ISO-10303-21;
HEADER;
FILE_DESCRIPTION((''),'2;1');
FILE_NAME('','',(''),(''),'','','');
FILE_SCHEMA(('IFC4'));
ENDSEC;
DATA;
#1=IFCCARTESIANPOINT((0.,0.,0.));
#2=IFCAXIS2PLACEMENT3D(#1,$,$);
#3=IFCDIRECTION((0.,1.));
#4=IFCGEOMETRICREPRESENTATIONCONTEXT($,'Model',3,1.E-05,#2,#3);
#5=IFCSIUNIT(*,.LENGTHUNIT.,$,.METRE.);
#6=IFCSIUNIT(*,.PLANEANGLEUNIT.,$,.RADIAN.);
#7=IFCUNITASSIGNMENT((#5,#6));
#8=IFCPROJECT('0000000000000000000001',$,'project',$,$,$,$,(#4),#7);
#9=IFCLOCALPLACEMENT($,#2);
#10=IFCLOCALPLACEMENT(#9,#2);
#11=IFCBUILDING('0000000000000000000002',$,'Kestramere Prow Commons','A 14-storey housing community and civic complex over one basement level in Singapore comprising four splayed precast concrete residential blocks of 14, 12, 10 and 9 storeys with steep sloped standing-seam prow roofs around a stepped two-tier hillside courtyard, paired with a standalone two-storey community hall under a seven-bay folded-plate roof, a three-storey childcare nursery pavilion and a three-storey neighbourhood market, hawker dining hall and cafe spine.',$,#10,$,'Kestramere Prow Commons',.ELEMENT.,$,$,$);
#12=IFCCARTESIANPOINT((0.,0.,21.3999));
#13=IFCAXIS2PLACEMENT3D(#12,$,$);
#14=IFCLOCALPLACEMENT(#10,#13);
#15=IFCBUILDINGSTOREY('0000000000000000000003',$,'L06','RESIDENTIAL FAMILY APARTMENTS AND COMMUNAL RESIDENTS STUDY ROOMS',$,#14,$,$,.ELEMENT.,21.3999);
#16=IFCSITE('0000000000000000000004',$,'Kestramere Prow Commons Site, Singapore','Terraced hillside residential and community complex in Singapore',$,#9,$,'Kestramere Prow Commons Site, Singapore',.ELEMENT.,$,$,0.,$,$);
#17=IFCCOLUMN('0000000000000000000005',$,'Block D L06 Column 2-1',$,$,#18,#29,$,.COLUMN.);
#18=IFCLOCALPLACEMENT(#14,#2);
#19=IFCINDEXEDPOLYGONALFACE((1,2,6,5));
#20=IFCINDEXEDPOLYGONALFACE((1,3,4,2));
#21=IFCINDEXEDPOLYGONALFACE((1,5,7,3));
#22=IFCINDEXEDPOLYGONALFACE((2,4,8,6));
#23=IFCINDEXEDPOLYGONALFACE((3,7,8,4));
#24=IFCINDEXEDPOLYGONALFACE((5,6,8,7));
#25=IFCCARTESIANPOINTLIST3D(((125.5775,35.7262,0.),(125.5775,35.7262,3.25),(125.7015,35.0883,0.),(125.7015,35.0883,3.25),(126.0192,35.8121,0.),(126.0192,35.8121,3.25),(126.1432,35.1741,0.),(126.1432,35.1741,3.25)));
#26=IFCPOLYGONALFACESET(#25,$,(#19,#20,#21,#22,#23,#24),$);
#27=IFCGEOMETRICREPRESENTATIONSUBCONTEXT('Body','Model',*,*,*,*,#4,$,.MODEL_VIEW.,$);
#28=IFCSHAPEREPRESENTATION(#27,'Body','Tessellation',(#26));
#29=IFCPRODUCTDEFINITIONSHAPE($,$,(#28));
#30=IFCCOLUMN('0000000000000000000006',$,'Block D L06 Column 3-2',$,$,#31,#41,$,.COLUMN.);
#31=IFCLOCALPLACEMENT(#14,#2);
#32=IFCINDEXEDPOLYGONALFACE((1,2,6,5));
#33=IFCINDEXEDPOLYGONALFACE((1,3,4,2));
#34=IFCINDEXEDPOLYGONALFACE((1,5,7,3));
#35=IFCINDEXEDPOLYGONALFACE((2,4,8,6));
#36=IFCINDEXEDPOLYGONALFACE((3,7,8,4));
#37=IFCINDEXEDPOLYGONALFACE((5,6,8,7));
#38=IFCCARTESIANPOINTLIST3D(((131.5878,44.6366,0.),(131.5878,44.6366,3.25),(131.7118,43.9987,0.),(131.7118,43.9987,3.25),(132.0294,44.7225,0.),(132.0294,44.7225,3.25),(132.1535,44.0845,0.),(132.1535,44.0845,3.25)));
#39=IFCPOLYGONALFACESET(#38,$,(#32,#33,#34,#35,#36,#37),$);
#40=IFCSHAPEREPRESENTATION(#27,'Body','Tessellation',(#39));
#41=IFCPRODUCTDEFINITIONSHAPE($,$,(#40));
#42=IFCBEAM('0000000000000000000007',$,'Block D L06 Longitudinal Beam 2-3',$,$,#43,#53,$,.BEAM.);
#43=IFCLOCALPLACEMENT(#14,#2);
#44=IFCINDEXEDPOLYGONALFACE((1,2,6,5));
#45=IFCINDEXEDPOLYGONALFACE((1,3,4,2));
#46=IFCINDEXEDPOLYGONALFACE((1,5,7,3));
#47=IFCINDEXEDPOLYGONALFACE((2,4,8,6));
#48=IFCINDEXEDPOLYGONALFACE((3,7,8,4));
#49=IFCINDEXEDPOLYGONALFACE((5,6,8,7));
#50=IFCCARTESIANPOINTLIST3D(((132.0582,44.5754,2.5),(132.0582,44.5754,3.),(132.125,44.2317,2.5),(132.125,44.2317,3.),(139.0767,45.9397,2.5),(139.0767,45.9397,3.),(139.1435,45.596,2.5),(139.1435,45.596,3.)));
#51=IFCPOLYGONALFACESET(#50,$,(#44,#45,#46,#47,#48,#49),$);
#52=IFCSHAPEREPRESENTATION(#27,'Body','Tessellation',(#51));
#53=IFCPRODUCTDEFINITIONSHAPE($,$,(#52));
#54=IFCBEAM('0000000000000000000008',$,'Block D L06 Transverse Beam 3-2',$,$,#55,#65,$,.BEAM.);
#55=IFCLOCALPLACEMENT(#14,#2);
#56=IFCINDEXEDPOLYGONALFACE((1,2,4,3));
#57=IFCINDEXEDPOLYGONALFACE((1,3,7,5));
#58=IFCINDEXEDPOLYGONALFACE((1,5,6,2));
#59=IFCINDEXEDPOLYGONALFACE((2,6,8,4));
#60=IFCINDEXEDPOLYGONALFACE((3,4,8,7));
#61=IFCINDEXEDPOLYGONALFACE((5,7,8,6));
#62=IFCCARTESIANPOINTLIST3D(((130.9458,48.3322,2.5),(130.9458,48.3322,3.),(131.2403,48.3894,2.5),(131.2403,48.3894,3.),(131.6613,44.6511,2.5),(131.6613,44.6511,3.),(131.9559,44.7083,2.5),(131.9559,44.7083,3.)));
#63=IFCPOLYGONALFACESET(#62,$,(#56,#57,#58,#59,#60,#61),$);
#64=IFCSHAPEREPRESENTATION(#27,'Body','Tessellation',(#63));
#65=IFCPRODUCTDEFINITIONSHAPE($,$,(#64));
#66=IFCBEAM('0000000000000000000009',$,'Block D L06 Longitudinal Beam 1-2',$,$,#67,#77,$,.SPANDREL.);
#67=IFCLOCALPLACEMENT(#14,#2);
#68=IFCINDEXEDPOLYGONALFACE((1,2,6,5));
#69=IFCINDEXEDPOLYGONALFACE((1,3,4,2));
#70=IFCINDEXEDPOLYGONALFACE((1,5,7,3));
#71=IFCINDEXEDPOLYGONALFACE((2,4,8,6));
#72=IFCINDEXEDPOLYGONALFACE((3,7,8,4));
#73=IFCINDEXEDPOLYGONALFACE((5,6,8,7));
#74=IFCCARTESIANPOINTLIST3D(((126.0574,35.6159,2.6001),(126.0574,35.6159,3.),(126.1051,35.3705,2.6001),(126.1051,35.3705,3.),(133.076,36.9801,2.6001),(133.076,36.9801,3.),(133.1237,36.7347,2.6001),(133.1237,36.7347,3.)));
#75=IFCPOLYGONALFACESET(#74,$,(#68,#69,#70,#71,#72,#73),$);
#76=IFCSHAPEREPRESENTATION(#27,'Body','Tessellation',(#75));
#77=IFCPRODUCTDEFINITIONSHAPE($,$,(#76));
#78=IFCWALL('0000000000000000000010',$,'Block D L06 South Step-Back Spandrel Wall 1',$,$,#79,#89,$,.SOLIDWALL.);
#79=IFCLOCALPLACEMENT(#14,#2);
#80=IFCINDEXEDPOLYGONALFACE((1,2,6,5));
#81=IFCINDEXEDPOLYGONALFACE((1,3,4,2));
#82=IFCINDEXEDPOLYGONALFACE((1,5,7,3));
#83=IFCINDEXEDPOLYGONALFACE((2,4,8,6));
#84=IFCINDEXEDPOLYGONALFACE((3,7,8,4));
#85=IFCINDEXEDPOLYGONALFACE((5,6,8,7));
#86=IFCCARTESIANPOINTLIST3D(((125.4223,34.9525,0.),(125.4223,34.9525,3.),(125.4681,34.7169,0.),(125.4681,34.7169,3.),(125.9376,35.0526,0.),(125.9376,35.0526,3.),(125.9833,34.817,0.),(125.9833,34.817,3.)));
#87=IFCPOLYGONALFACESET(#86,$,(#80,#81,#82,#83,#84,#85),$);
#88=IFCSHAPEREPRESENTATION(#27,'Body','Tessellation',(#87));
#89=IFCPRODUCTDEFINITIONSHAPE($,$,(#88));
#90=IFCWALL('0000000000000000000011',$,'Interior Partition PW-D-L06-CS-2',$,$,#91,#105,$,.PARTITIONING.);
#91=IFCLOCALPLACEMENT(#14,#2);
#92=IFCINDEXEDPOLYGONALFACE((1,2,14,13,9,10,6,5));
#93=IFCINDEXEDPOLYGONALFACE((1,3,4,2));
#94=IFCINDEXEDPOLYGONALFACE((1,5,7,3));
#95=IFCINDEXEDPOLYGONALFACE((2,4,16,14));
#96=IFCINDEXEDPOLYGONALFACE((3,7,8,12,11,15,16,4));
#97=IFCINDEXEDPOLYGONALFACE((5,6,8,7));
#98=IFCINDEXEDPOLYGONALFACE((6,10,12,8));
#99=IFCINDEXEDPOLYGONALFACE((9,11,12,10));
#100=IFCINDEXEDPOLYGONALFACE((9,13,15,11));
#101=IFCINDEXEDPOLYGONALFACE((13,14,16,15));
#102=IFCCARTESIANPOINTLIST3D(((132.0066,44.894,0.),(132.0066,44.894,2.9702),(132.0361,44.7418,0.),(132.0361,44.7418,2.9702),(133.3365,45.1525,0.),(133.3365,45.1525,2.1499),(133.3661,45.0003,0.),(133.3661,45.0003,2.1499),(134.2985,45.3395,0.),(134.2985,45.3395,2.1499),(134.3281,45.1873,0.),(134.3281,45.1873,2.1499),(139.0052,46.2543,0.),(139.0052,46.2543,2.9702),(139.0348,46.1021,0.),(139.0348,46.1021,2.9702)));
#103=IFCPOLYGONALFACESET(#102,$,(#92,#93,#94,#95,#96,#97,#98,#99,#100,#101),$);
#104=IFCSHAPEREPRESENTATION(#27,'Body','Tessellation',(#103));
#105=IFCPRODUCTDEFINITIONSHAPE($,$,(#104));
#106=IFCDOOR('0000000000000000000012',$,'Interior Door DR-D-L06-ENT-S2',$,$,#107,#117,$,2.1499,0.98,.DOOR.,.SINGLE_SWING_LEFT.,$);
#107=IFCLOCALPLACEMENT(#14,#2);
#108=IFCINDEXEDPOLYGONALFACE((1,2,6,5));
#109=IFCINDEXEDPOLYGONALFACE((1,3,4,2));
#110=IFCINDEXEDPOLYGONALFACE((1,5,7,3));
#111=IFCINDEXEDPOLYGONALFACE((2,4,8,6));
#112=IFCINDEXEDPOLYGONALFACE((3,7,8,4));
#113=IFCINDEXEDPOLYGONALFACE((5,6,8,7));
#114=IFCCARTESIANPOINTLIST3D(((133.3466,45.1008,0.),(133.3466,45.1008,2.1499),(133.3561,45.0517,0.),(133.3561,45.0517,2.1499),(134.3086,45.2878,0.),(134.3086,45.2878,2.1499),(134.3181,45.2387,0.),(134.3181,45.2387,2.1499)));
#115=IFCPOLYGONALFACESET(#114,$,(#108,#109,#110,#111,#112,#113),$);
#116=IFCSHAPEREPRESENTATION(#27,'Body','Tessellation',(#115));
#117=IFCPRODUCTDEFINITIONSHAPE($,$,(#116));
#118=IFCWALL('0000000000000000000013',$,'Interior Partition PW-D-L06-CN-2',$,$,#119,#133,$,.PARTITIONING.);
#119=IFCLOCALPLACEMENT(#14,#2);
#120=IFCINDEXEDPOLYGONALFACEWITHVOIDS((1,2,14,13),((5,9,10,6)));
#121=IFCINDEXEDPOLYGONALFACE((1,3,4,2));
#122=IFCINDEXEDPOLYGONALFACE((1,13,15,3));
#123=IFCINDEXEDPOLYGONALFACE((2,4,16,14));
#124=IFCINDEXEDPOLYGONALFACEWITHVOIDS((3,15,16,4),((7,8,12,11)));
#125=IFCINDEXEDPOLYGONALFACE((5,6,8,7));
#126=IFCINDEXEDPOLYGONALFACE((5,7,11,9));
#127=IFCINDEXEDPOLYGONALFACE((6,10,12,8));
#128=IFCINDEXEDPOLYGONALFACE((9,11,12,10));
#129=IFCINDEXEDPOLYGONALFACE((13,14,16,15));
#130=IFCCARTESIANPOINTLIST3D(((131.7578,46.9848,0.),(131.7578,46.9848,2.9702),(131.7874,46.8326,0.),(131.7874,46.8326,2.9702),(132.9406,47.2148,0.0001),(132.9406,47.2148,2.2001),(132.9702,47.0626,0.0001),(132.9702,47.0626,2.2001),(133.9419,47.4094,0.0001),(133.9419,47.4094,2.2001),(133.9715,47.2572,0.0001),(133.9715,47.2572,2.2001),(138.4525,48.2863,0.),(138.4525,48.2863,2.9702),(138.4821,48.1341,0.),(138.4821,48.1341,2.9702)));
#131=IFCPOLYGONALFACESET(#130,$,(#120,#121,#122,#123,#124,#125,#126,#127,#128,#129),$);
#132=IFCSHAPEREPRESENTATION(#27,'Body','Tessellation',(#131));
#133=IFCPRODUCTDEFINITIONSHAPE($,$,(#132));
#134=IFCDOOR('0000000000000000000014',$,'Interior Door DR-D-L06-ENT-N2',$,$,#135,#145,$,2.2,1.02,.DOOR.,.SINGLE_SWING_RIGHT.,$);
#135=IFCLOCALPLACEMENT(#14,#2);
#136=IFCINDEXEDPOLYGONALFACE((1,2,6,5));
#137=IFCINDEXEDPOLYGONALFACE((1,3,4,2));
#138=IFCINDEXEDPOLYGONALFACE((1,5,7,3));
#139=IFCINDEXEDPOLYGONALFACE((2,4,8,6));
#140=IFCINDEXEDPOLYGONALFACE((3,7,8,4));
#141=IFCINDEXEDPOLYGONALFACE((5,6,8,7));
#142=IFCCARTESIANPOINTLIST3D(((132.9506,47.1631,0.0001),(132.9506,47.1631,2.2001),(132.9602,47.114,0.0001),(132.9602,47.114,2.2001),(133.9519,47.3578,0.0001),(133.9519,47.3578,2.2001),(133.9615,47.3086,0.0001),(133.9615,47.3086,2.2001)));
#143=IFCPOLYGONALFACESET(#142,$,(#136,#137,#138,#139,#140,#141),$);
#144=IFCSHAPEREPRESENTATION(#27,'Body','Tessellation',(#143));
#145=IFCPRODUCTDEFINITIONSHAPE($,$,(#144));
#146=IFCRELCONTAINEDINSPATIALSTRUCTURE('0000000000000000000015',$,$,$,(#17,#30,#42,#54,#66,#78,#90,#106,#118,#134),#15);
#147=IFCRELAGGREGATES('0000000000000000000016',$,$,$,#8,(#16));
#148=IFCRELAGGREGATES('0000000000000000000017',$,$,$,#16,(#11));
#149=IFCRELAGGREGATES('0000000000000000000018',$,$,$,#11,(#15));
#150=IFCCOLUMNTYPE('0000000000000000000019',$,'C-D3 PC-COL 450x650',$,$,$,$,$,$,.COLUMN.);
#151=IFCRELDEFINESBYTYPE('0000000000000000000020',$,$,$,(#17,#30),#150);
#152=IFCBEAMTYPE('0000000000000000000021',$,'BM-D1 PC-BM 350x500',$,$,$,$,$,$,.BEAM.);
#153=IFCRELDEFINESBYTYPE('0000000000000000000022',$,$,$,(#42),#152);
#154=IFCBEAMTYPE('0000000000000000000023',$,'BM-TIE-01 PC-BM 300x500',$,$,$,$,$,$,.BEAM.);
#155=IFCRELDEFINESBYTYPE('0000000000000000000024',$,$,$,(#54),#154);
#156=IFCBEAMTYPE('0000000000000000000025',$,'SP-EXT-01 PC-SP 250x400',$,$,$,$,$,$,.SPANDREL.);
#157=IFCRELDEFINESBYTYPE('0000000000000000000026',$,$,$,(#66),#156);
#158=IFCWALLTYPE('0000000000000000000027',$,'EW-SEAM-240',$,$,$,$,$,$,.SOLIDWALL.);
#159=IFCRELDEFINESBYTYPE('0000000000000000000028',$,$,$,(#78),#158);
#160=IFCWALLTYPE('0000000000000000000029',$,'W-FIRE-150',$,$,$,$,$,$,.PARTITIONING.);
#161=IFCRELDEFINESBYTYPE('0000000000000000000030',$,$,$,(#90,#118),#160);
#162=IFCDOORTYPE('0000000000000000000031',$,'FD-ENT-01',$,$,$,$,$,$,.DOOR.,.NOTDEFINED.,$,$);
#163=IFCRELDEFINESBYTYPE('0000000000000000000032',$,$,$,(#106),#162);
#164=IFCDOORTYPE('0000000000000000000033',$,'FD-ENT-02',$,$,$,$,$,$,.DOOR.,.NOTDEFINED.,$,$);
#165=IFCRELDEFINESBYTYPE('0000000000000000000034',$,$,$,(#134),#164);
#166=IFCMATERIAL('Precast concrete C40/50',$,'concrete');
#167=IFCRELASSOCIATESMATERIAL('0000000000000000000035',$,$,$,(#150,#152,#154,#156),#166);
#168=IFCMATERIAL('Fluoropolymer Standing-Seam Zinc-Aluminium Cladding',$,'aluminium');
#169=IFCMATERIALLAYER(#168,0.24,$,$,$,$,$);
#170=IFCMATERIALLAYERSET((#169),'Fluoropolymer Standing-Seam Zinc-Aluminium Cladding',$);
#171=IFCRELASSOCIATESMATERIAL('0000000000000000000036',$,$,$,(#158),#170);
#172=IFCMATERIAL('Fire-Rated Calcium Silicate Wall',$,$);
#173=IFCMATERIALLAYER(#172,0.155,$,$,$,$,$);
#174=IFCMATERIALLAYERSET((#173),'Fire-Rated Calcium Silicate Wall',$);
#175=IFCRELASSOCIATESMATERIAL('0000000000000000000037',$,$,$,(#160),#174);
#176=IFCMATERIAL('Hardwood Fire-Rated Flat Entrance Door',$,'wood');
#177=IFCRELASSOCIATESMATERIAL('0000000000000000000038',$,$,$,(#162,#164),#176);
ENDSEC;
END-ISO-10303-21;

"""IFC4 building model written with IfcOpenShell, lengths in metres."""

from ifc_helpers import new_model, si_unit, direction, frame, frame_2d, origin, origin_2d, place, context, subcontext, project, spatial, rectangle, extrude, material, layer, layer_set, material_profile, profile_set, type_object, element, fill, save


model = new_model("IFC4")

# Units and contexts
model_context = context("Model", 3, precision=1e-05, world=origin(), true_north=direction((0.0, 1.0)))
body_context = subcontext(model_context, "Body", "Model", "MODEL_VIEW")
ifc_project = project(units=[si_unit("LENGTHUNIT", "METRE"), si_unit("PLANEANGLEUNIT", "RADIAN")], contexts=[model_context])

# Site, building, storey
site_placement = place(None, origin())
site = spatial("IfcSite", under=ifc_project, at=site_placement, Name="Kestramere Prow Commons Site, Singapore", Description="Terraced hillside residential and community complex in Singapore", LongName="Kestramere Prow Commons Site, Singapore", CompositionType="ELEMENT", RefElevation=0.0)
building_placement = place(site_placement, origin())
building = spatial("IfcBuilding", under=site, at=building_placement, Name="Kestramere Prow Commons", Description="A 14-storey housing community and civic complex over one basement level in Singapore comprising four splayed precast concrete residential blocks of 14, 12, 10 and 9 storeys with steep sloped standing-seam prow roofs around a stepped two-tier hillside courtyard, paired with a standalone two-storey community hall under a seven-bay folded-plate roof, a three-storey childcare nursery pavilion and a three-storey neighbourhood market, hawker dining hall and cafe spine.", LongName="Kestramere Prow Commons", CompositionType="ELEMENT")
storey_placement = place(building_placement, frame((0.0, 0.0, 21.3999)))
storey = spatial("IfcBuildingStorey", under=building, at=storey_placement, Name="L06", Description="RESIDENTIAL FAMILY APARTMENTS AND COMMUNAL RESIDENTS STUDY ROOMS", CompositionType="ELEMENT", Elevation=21.3999)

# Columns
ifc_material_1 = material(Name="Precast concrete C40/50", Category="concrete")
ifc_material_profile_1 = material_profile(ifc_material_1, rectangle(XDim=0.45, YDim=0.6499, at=origin_2d()), Name="PC-COL 450x650")
ifc_profile_set_1 = profile_set([ifc_material_profile_1], Name="Precast concrete C40/50")
column_type = type_object("IfcColumnType", Name="C-D3 PC-COL 450x650", PredefinedType="COLUMN", material=ifc_profile_set_1)
for number, where, z_axis, x_axis, name in (
    (1, (125.8604, 35.4502, 0.0), (0.0, 0.0, 1.0), (0.981627, 0.190809, 0.0), "Block D L06 Column 2-1"),
    (2, (131.8706, 44.3606, 0.0), (0.0, 0.0, 1.0), (0.981627, 0.190809, 0.0), "Block D L06 Column 3-2"),
):
    element("IfcColumn", number, at=place(storey_placement, frame(where, z_axis=z_axis, x_axis=x_axis)), inside=storey, type_object=column_type, Name=name, PredefinedType="COLUMN", context=body_context, shape_type="SweptSolid", body=[
        extrude(rectangle(XDim=0.45, YDim=0.6499, at=origin_2d()), origin(), (0.0, 0.0, 1.0), 3.25),
    ])

# Beams
ifc_material_profile_2 = material_profile(ifc_material_1, rectangle(XDim=0.3501, YDim=0.5, at=origin_2d()), Name="PC-BM 350x500")
ifc_profile_set_2 = profile_set([ifc_material_profile_2], Name="Precast concrete C40/50")
beam_type_1 = type_object("IfcBeamType", Name="BM-D1 PC-BM 350x500", PredefinedType="BEAM", material=ifc_profile_set_2)
beam_1_placement = place(storey_placement, frame((132.0916, 44.4036, 2.75), z_axis=(0.981627, 0.190808, 0.0), x_axis=(-0.190808, 0.981627, 0.0)))
element("IfcBeam", 3, at=beam_1_placement, inside=storey, type_object=beam_type_1, Name="Block D L06 Longitudinal Beam 2-3", PredefinedType="BEAM", context=body_context, shape_type="SweptSolid", body=[
    extrude(rectangle(XDim=0.3501, YDim=0.5, at=origin_2d()), origin(), (0.0, 0.0, 1.0), 7.1499),
])
ifc_material_profile_3 = material_profile(ifc_material_1, rectangle(XDim=0.3, YDim=0.5, at=origin_2d()), Name="PC-BM 300x500")
ifc_profile_set_3 = profile_set([ifc_material_profile_3], Name="Precast concrete C40/50")
beam_type_2 = type_object("IfcBeamType", Name="BM-TIE-01 PC-BM 300x500", PredefinedType="BEAM", material=ifc_profile_set_3)
beam_2_placement = place(storey_placement, frame((131.8086, 44.6797, 2.75), z_axis=(-0.190817, 0.981626, 0.0), x_axis=(-0.981626, -0.190817, 0.0)))
element("IfcBeam", 4, at=beam_2_placement, inside=storey, type_object=beam_type_2, Name="Block D L06 Transverse Beam 3-2", PredefinedType="BEAM", context=body_context, shape_type="SweptSolid", body=[
    extrude(rectangle(XDim=0.3, YDim=0.5, at=origin_2d()), origin(), (0.0, 0.0, 1.0), 3.75),
])
ifc_material_profile_4 = material_profile(ifc_material_1, rectangle(XDim=0.25, YDim=0.3999, at=origin_2d()), Name="PC-SP 250x400")
ifc_profile_set_4 = profile_set([ifc_material_profile_4], Name="Precast concrete C40/50")
beam_type_3 = type_object("IfcBeamType", Name="SP-EXT-01 PC-SP 250x400", PredefinedType="SPANDREL", material=ifc_profile_set_4)
beam_3_placement = place(storey_placement, frame((126.0813, 35.4932, 2.8), z_axis=(0.981627, 0.190808, 0.0), x_axis=(-0.190808, 0.981627, 0.0)))
element("IfcBeam", 5, at=beam_3_placement, inside=storey, type_object=beam_type_3, Name="Block D L06 Longitudinal Beam 1-2", PredefinedType="SPANDREL", context=body_context, shape_type="SweptSolid", body=[
    extrude(rectangle(XDim=0.25, YDim=0.3999, at=origin_2d()), origin(), (0.0, 0.0, 1.0), 7.1499),
])

# Wall
ifc_material_2 = material(Name="Fluoropolymer Standing-Seam Zinc-Aluminium Cladding", Category="aluminium")
ifc_layer_1 = layer(ifc_material_2, 0.24)
ifc_layer_set_1 = layer_set([ifc_layer_1], Name="Fluoropolymer Standing-Seam Zinc-Aluminium Cladding")
wall_type_1 = type_object("IfcWallType", Name="EW-SEAM-240", PredefinedType="SOLIDWALL", material=ifc_layer_set_1)
wall_1_placement = place(storey_placement, frame((125.9604, 34.9348, 0.0), z_axis=(0.0, 0.0, 1.0), x_axis=(-0.981657, -0.190658, 0.0)))
element("IfcWall", 6, at=wall_1_placement, inside=storey, type_object=wall_type_1, Name="Block D L06 South Step-Back Spandrel Wall 1", PredefinedType="SOLIDWALL", context=body_context, shape_type="SweptSolid", body=[
    extrude(rectangle(XDim=0.5249, YDim=0.24, at=frame_2d((0.2625, 0.0))), origin(), (0.0, 0.0, 1.0), 3.0),
])

# Walls, openings, doors
ifc_material_3 = material(Name="Fire-Rated Calcium Silicate Wall")
ifc_layer_2 = layer(ifc_material_3, 0.155)
ifc_layer_set_2 = layer_set([ifc_layer_2], Name="Fire-Rated Calcium Silicate Wall")
wall_type_2 = type_object("IfcWallType", Name="W-FIRE-150", PredefinedType="PARTITIONING", material=ifc_layer_set_2)
wall_2_placement = place(storey_placement, frame((132.0212, 44.8179, 0.0), z_axis=(0.0, 0.0, 1.0), x_axis=(0.981629, 0.190799, 0.0)))
wall_2 = element("IfcWall", 7, at=wall_2_placement, inside=storey, type_object=wall_type_2, Name="Interior Partition PW-D-L06-CS-2", PredefinedType="PARTITIONING", context=body_context, shape_type="SweptSolid", body=[
    extrude(rectangle(XDim=7.1296, YDim=0.155, at=frame_2d((3.5649, 0.0))), origin(), (0.0, 0.0, 1.0), 2.9702),
])
opening_1_placement = place(wall_2_placement, frame((1.355, 0.0, 0.0)))
opening_1 = element("IfcOpeningElement", 8, at=opening_1_placement, cuts=wall_2, PredefinedType="OPENING", context=body_context, shape_type="SweptSolid", body=[
    extrude(rectangle(XDim=0.98, YDim=2.1499, at=frame_2d((0.49, 1.075))), frame((0.0, 0.0925, 0.0), z_axis=(0.0, -1.0, 0.0), x_axis=(1.0, 0.0, 0.0)), (0.0, 0.0, 1.0), 0.1851),
])
ifc_material_4 = material(Name="Hardwood Fire-Rated Flat Entrance Door", Category="wood")
door_type_1 = type_object("IfcDoorType", Name="FD-ENT-01", OperationType="NOTDEFINED", PredefinedType="DOOR", material=ifc_material_4)
door_1_placement = place(opening_1_placement, origin())
door_1 = element("IfcDoor", 9, at=door_1_placement, inside=storey, type_object=door_type_1, Name="Interior Door DR-D-L06-ENT-S2", OperationType="SINGLE_SWING_LEFT", OverallHeight=2.1499, OverallWidth=0.98, PredefinedType="DOOR", context=body_context, shape_type="SweptSolid", body=[
    extrude(rectangle(XDim=0.98, YDim=2.1499, at=frame_2d((0.49, 1.075))), frame((0.0, 0.0249, 0.0), z_axis=(0.0, -1.0, 0.0), x_axis=(1.0, 0.0, 0.0)), (0.0, 0.0, 1.0), 0.05),
])
fill(opening_1, door_1)
wall_3_placement = place(storey_placement, frame((131.7725, 46.9087, 0.0), z_axis=(0.0, 0.0, 1.0), x_axis=(0.981622, 0.190833, 0.0)))
wall_3 = element("IfcWall", 10, at=wall_3_placement, inside=storey, type_object=wall_type_2, Name="Interior Partition PW-D-L06-CN-2", PredefinedType="PARTITIONING", context=body_context, shape_type="SweptSolid", body=[
    extrude(rectangle(XDim=6.8201, YDim=0.155, at=frame_2d((3.4102, 0.0))), origin(), (0.0, 0.0, 1.0), 2.9702),
])
opening_2_placement = place(wall_3_placement, frame((1.2051, 0.0, 0.0)))
opening_2 = element("IfcOpeningElement", 11, at=opening_2_placement, cuts=wall_3, PredefinedType="OPENING", context=body_context, shape_type="SweptSolid", body=[
    extrude(rectangle(XDim=1.02, YDim=2.2, at=frame_2d((0.51, 1.1001))), frame((0.0, 0.0925, 0.0), z_axis=(0.0, -1.0, 0.0), x_axis=(1.0, 0.0, 0.0)), (0.0, 0.0, 1.0), 0.1851),
])
door_type_2 = type_object("IfcDoorType", Name="FD-ENT-02", OperationType="NOTDEFINED", PredefinedType="DOOR", material=ifc_material_4)
door_2_placement = place(opening_2_placement, origin())
door_2 = element("IfcDoor", 12, at=door_2_placement, inside=storey, type_object=door_type_2, Name="Interior Door DR-D-L06-ENT-N2", OperationType="SINGLE_SWING_RIGHT", OverallHeight=2.2, OverallWidth=1.02, PredefinedType="DOOR", context=body_context, shape_type="SweptSolid", body=[
    extrude(rectangle(XDim=1.02, YDim=2.2, at=frame_2d((0.51, 1.1001))), frame((0.0, 0.0249, 0.0), z_axis=(0.0, -1.0, 0.0), x_axis=(1.0, 0.0, 0.0)), (0.0, 0.0, 1.0), 0.05),
])
fill(opening_2, door_2)

save(model, "model.ifc")
